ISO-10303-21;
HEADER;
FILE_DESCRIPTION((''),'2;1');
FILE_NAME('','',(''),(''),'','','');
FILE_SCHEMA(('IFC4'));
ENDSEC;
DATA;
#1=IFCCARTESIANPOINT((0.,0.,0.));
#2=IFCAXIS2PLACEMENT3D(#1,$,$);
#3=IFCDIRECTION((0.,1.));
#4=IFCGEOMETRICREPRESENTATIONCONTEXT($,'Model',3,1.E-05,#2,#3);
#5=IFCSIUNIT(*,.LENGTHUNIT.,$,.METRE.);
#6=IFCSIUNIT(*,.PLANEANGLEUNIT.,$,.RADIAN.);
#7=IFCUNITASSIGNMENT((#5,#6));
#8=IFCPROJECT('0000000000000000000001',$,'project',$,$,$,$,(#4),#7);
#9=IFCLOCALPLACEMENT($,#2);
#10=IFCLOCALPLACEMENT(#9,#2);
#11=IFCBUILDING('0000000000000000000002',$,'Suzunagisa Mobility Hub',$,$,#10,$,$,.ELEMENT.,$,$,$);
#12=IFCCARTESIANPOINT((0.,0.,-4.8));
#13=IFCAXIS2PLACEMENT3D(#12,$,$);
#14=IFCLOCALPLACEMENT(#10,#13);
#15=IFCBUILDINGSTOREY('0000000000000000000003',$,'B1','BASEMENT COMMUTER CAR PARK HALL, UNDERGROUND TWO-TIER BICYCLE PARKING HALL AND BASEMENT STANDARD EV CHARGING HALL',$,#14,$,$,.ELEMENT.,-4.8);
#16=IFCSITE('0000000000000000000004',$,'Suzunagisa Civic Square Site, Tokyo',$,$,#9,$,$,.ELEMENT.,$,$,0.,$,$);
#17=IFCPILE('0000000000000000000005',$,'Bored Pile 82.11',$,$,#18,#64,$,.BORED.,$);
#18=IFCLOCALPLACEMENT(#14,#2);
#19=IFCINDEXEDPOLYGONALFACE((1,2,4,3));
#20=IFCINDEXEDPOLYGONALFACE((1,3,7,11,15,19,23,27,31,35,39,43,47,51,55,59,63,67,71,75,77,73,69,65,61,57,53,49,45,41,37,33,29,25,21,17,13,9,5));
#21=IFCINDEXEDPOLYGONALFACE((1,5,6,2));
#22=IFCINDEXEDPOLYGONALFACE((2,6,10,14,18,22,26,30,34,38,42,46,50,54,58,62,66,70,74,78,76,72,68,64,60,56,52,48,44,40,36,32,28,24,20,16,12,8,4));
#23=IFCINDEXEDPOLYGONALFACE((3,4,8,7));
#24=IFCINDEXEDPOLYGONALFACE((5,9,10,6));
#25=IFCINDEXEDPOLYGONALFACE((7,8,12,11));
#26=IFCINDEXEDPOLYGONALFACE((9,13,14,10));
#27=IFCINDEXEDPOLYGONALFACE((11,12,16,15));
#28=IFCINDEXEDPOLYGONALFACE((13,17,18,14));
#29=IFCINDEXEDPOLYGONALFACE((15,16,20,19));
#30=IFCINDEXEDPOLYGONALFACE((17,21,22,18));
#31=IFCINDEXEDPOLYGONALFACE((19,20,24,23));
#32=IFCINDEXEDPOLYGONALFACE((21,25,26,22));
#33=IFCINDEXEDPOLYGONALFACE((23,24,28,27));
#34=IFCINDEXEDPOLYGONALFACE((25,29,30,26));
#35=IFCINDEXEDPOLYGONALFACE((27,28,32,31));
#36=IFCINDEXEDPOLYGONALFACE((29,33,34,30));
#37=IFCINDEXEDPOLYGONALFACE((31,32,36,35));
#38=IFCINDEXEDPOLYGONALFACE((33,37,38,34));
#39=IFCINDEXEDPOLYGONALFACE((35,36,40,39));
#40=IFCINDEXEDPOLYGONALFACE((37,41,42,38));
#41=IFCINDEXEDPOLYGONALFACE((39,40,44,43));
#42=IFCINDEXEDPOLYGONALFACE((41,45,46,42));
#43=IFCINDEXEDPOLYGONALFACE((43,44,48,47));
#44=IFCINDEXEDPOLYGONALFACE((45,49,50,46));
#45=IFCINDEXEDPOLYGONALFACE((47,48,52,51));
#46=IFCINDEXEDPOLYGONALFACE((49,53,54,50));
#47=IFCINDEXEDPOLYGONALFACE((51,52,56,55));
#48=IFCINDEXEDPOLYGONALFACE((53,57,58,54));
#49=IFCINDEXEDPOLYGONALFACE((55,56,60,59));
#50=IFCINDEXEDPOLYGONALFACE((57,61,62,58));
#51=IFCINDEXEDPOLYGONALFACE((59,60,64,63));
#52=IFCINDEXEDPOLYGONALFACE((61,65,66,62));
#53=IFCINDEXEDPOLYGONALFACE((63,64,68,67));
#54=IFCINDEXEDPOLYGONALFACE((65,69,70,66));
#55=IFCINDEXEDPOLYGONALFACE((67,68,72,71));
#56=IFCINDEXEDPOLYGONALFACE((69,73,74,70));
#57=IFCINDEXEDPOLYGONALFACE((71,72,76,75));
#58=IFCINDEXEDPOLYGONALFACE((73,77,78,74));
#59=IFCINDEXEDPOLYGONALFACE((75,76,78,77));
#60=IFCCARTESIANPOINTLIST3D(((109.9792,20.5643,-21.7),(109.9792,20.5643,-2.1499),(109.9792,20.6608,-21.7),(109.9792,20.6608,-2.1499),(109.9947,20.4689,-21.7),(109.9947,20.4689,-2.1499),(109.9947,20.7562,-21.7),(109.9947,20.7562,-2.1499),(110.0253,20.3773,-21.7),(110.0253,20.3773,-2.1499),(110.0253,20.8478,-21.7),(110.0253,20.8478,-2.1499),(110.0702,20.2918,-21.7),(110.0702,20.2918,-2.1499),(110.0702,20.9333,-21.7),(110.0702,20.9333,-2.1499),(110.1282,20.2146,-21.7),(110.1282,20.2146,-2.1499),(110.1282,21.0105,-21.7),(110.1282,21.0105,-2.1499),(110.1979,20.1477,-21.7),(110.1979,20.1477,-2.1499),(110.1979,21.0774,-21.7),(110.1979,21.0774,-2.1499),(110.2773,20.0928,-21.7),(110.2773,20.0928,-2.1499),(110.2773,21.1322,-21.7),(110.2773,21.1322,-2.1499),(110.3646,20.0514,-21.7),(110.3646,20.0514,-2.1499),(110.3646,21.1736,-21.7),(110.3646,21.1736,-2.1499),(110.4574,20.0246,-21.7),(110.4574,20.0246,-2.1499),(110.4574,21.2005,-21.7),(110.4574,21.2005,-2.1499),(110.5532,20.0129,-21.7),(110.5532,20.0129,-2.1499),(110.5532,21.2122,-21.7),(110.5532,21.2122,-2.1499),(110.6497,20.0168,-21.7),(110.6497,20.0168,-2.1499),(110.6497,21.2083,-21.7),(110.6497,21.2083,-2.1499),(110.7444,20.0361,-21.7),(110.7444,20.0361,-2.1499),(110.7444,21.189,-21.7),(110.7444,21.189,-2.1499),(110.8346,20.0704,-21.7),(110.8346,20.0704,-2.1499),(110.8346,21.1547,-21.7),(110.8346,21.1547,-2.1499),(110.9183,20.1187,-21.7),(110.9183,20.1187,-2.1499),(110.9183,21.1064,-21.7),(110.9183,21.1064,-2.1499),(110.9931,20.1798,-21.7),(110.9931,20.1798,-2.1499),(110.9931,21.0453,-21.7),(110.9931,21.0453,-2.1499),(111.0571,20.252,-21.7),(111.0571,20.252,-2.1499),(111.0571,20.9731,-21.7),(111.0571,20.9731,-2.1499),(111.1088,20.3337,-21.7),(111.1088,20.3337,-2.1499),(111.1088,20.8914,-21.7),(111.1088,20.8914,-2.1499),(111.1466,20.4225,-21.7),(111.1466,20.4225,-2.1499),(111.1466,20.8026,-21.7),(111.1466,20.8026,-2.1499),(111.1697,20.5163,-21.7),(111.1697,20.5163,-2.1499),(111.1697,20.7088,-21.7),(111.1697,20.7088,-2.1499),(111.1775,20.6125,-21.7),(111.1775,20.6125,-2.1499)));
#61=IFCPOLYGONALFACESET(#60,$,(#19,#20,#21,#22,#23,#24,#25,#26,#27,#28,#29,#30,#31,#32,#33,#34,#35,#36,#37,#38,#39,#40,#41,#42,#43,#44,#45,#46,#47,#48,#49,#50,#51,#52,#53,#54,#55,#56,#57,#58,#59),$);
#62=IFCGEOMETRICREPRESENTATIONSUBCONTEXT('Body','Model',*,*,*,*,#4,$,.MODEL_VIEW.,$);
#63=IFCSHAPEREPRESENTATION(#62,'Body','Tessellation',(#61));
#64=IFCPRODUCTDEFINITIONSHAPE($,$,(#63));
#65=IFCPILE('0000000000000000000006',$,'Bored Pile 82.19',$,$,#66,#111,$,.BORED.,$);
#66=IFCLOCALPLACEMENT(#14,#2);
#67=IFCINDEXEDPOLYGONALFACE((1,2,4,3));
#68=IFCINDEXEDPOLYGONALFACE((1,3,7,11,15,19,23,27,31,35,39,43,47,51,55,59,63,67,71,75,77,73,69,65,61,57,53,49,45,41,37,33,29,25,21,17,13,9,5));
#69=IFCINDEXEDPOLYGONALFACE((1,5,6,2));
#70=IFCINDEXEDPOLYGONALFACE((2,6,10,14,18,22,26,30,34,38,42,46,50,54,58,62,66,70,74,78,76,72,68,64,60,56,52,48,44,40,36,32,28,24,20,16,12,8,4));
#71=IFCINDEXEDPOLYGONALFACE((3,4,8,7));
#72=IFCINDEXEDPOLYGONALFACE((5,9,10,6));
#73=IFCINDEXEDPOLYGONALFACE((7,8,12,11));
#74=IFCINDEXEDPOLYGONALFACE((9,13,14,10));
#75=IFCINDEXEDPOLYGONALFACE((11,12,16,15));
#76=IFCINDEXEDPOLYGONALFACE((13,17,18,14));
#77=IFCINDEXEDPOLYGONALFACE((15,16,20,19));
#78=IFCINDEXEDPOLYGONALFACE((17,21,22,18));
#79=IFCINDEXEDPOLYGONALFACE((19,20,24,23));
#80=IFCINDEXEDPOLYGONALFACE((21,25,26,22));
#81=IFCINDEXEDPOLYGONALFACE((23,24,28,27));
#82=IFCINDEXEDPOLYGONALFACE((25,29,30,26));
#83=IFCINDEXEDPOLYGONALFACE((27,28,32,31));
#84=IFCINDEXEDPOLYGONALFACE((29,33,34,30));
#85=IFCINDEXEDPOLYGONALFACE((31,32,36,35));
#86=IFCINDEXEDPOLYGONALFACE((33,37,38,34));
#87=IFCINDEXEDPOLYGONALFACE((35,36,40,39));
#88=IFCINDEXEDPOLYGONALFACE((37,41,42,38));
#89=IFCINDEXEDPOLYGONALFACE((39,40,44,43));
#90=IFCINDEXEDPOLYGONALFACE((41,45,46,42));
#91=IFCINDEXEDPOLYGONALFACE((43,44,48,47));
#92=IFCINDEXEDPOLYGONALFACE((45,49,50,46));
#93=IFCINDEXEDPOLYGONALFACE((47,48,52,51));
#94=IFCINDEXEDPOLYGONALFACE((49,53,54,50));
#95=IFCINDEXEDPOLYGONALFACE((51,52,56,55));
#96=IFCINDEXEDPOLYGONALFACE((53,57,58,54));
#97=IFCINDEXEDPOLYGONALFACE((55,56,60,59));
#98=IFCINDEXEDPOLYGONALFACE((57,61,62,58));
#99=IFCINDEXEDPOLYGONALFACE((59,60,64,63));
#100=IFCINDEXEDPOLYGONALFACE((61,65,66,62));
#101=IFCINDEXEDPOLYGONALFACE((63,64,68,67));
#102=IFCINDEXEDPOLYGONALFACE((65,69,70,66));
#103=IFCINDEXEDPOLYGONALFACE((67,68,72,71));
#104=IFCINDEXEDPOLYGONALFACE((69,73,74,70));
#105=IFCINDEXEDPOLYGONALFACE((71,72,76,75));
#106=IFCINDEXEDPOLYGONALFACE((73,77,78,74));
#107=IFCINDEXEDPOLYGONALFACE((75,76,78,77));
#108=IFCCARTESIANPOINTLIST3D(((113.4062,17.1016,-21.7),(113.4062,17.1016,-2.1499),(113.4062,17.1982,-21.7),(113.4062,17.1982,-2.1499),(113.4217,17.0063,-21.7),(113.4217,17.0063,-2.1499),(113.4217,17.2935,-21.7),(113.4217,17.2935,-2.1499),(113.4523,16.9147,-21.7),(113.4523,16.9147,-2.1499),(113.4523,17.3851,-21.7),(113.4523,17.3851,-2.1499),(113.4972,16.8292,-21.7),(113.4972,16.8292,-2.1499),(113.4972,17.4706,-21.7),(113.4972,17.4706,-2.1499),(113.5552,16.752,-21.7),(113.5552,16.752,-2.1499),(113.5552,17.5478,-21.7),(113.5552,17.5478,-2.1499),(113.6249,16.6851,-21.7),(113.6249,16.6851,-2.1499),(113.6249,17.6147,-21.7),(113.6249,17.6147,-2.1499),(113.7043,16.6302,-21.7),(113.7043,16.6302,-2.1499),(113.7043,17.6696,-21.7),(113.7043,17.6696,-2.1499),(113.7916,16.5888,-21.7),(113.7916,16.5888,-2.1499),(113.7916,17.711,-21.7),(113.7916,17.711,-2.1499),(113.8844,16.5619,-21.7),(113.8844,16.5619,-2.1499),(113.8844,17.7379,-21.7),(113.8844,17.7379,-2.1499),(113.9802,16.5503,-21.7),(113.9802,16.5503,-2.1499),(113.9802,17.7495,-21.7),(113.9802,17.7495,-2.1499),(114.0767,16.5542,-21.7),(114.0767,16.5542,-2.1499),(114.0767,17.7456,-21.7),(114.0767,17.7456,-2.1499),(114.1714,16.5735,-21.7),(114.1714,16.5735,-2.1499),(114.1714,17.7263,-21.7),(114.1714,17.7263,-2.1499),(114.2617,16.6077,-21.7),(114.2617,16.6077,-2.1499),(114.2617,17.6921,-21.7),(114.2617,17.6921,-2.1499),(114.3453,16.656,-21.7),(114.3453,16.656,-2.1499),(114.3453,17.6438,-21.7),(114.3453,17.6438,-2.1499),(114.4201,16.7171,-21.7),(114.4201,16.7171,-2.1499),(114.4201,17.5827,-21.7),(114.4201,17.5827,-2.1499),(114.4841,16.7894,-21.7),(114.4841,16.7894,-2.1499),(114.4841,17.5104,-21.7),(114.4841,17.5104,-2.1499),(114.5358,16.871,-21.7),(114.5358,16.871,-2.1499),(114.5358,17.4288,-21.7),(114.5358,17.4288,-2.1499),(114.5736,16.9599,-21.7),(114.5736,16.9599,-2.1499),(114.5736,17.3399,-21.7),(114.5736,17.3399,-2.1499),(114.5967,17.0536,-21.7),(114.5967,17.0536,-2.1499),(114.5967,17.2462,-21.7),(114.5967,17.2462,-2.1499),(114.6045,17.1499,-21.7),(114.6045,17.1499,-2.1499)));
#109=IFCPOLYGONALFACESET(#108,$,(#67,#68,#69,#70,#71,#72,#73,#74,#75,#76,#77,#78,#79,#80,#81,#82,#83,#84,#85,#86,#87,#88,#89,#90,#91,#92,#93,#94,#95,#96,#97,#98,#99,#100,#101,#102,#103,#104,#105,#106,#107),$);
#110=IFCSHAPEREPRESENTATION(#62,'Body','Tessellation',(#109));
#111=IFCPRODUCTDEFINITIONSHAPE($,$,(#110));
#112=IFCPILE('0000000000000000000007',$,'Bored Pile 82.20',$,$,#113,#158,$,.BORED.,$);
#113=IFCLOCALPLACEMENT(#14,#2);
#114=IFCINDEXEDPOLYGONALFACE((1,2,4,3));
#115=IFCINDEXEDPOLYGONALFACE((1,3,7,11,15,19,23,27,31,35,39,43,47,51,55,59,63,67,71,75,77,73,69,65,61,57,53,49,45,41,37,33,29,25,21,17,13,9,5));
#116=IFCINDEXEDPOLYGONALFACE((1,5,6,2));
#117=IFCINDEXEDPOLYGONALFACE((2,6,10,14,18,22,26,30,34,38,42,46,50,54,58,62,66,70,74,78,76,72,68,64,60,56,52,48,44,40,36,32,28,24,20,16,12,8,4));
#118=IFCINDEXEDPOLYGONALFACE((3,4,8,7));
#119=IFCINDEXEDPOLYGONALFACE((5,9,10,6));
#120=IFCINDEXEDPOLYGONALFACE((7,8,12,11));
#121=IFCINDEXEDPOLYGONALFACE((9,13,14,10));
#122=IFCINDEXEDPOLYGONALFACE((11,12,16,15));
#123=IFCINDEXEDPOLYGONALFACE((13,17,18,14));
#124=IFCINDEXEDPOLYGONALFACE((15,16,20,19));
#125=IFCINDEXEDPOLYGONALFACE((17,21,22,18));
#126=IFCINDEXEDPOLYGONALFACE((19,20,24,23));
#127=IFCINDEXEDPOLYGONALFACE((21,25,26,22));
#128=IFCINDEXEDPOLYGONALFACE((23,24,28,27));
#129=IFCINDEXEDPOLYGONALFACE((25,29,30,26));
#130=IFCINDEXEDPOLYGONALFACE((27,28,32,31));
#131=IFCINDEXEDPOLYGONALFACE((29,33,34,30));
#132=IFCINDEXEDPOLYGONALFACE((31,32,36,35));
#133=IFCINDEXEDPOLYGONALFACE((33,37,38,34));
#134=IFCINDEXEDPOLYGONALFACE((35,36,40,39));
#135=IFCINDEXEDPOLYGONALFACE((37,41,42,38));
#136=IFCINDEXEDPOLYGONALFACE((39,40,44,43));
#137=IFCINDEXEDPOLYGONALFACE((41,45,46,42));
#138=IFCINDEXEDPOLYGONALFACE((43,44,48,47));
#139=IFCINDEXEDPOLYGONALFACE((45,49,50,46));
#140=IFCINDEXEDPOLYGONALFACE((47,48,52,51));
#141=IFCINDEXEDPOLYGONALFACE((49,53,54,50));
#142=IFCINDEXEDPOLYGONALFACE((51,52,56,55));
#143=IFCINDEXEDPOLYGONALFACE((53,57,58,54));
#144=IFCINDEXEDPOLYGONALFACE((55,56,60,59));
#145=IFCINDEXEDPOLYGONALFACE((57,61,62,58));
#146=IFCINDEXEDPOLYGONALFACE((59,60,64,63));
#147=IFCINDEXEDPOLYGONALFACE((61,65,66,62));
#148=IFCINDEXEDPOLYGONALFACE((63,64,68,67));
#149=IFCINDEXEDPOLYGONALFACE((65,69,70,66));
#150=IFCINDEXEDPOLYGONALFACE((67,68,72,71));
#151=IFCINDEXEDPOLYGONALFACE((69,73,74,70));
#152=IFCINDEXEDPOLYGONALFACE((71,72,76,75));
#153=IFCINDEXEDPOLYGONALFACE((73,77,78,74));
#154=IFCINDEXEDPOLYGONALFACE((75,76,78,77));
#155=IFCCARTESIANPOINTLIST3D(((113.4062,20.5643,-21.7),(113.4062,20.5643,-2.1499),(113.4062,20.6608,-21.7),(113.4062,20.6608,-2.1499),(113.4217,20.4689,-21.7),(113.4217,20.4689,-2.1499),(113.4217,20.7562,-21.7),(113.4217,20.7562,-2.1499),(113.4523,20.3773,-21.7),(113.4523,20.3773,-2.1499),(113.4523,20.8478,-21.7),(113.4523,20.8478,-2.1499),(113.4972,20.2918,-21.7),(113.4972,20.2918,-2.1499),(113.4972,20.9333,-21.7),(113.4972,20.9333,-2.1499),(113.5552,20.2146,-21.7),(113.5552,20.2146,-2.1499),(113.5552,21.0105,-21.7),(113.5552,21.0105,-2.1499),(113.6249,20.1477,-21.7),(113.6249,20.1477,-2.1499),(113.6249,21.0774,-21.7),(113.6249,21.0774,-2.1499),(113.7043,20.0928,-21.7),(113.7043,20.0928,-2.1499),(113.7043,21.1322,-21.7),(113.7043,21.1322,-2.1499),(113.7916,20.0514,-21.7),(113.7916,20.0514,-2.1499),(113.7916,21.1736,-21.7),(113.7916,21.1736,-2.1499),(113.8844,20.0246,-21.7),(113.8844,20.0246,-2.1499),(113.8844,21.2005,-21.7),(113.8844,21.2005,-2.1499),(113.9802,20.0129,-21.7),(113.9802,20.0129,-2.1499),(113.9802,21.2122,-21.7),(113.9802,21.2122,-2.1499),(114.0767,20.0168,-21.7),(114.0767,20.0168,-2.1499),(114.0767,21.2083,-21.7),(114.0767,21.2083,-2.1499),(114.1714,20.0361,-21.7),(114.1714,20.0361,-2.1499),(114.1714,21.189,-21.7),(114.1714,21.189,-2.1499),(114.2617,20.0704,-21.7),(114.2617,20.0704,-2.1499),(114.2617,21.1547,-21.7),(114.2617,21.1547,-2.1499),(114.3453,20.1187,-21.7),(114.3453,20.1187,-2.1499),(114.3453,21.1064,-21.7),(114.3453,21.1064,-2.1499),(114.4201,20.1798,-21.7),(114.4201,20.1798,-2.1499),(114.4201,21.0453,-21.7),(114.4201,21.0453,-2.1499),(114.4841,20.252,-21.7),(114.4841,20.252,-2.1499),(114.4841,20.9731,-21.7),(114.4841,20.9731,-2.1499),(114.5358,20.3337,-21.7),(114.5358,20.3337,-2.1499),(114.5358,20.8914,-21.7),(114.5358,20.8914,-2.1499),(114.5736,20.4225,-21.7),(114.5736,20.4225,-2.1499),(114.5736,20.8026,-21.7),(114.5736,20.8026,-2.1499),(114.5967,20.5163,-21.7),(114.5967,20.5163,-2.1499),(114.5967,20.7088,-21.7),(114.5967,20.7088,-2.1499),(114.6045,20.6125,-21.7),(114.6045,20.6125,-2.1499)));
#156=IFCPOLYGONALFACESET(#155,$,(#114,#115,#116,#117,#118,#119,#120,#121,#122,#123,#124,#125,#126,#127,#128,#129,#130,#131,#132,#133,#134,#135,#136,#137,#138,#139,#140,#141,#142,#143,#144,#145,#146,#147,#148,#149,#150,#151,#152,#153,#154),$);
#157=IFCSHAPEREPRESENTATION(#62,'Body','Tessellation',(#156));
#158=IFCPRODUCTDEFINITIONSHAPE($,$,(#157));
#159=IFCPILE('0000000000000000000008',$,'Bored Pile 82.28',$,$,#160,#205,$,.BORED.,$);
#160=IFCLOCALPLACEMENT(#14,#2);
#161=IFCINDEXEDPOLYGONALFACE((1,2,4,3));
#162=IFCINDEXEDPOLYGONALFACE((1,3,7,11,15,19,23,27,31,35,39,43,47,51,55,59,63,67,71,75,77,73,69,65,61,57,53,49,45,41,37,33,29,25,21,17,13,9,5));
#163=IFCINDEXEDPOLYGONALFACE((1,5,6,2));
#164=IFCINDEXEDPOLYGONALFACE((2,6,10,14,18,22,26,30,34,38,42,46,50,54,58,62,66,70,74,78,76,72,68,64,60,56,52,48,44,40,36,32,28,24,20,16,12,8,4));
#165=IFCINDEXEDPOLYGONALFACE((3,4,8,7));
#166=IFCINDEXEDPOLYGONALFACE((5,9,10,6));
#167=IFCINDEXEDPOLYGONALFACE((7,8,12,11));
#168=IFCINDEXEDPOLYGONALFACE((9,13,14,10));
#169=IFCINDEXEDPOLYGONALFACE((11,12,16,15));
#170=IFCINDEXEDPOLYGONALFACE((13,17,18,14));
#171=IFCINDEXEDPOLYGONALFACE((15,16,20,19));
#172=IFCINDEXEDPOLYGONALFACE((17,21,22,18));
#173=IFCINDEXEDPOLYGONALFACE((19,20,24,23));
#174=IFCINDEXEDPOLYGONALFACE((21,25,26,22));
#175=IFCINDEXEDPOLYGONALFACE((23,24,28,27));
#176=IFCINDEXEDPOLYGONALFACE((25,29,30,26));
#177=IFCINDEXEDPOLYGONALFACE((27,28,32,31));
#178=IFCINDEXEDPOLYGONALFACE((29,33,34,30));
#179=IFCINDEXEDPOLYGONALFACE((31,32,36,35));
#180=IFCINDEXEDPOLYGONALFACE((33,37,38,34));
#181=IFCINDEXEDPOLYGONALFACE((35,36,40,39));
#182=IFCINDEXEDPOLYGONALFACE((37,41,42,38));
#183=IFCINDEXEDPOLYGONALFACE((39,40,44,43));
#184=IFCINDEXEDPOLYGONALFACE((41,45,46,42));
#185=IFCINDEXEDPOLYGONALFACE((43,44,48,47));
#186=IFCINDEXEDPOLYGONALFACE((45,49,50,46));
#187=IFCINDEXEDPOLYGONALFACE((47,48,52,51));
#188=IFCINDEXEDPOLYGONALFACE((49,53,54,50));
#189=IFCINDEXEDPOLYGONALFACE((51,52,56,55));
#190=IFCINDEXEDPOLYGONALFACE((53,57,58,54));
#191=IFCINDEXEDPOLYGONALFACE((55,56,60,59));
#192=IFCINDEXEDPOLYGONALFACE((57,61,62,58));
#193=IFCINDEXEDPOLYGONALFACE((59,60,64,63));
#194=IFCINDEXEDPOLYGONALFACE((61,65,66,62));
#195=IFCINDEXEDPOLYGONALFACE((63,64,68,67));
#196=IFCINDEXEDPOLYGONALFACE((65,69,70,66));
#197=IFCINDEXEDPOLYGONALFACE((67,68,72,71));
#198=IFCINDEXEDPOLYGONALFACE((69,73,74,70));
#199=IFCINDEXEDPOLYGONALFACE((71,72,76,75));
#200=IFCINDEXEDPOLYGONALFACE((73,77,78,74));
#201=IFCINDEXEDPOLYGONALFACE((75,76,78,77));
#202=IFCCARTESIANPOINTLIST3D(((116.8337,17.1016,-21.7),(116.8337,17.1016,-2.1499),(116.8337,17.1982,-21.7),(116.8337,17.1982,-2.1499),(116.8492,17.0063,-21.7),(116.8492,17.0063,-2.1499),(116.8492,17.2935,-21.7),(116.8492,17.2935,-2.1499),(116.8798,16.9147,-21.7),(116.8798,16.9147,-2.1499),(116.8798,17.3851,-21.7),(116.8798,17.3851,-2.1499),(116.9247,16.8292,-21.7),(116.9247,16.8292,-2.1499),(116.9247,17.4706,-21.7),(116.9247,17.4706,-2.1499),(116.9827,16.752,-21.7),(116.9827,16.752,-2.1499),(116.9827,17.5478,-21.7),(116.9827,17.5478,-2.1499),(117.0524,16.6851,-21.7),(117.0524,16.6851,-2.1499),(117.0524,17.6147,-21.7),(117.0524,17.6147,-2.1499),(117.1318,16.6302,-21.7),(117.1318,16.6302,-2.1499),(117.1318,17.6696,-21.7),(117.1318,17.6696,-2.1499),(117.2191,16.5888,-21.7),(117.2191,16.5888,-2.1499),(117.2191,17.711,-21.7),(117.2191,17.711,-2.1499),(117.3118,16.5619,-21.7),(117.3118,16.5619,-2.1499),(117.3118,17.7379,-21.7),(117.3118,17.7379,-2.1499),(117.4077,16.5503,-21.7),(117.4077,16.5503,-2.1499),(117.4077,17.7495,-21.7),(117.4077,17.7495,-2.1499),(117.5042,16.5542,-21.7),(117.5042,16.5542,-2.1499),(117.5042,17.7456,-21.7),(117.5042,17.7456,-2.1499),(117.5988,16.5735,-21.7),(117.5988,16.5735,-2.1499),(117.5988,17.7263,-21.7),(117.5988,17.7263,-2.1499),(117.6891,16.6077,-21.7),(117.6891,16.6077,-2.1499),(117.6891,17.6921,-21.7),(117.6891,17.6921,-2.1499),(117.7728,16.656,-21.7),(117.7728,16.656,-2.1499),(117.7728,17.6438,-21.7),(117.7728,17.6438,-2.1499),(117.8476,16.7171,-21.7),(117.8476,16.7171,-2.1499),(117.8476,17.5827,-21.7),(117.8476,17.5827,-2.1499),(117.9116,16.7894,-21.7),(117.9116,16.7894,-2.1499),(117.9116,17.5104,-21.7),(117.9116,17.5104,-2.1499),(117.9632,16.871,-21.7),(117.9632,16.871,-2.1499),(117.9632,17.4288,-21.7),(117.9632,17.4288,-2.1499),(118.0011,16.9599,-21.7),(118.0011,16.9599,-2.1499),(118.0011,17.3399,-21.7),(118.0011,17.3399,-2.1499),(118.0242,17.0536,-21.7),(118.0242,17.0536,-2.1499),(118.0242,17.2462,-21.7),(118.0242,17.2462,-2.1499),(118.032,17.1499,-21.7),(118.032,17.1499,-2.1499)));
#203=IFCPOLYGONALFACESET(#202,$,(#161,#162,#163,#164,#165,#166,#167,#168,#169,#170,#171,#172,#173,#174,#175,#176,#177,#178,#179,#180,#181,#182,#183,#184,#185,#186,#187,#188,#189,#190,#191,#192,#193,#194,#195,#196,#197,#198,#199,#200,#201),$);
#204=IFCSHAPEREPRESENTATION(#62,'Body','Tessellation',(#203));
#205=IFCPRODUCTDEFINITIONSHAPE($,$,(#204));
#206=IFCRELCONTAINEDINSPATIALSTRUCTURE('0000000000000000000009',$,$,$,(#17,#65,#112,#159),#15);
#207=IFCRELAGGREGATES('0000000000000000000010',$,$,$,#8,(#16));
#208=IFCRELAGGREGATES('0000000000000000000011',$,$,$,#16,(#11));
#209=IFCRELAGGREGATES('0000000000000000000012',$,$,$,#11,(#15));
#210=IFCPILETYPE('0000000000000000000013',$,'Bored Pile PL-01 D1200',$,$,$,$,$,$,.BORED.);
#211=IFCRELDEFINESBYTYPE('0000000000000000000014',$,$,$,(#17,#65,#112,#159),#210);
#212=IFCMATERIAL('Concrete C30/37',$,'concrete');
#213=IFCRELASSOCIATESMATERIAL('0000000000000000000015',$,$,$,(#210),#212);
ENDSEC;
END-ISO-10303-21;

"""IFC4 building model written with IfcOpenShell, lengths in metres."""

from ifc_helpers import new_model, si_unit, direction, frame, origin, origin_2d, place, context, subcontext, project, spatial, circle, extrude, material, material_profile, profile_set, type_object, element, save


model = new_model("IFC4")

# Units and contexts
model_context = context("Model", 3, precision=1e-05, world=origin(), true_north=direction((0.0, 1.0)))
body_context = subcontext(model_context, "Body", "Model", "MODEL_VIEW")
ifc_project = project(units=[si_unit("LENGTHUNIT", "METRE"), si_unit("PLANEANGLEUNIT", "RADIAN")], contexts=[model_context])

# Site, building, storey
site_placement = place(None, origin())
site = spatial("IfcSite", under=ifc_project, at=site_placement, Name="Suzunagisa Civic Square Site, Tokyo", CompositionType="ELEMENT", RefElevation=0.0)
building_placement = place(site_placement, origin())
building = spatial("IfcBuilding", under=site, at=building_placement, Name="Suzunagisa Mobility Hub", CompositionType="ELEMENT")
storey_placement = place(building_placement, frame((0.0, 0.0, -4.8)))
storey = spatial("IfcBuildingStorey", under=building, at=storey_placement, Name="B1", Description="BASEMENT COMMUTER CAR PARK HALL, UNDERGROUND TWO-TIER BICYCLE PARKING HALL AND BASEMENT STANDARD EV CHARGING HALL", CompositionType="ELEMENT", Elevation=-4.8)

# Piles
ifc_material_1 = material(Name="Concrete C30/37", Category="concrete")
ifc_material_profile_1 = material_profile(ifc_material_1, circle(Radius=0.6001, at=origin_2d()), Name="BORED PILE D1200")
ifc_profile_set_1 = profile_set([ifc_material_profile_1], Name="Concrete C30/37")
pile_type = type_object("IfcPileType", Name="Bored Pile PL-01 D1200", PredefinedType="BORED", material=ifc_profile_set_1)
for number, where, z_axis, x_axis, name in (
    (1, (110.5774, 20.6125, -2.1499), (0.0, 0.0, -1.0), (1.0, 0.0, 0.0), "Bored Pile 82.11"),
    (2, (114.0044, 17.1499, -2.1499), (0.0, 0.0, -1.0), (1.0, 0.0, 0.0), "Bored Pile 82.19"),
    (3, (114.0044, 20.6125, -2.1499), (0.0, 0.0, -1.0), (1.0, 0.0, 0.0), "Bored Pile 82.20"),
    (4, (117.4319, 17.1499, -2.1499), (0.0, 0.0, -1.0), (1.0, 0.0, 0.0), "Bored Pile 82.28"),
):
    element("IfcPile", number, at=place(storey_placement, frame(where, z_axis=z_axis, x_axis=x_axis)), inside=storey, type_object=pile_type, Name=name, PredefinedType="BORED", context=body_context, shape_type="SweptSolid", body=[
        extrude(circle(Radius=0.6001, at=origin_2d()), origin(), (0.0, 0.0, 1.0), 19.55),
    ])

save(model, "model.ifc")
